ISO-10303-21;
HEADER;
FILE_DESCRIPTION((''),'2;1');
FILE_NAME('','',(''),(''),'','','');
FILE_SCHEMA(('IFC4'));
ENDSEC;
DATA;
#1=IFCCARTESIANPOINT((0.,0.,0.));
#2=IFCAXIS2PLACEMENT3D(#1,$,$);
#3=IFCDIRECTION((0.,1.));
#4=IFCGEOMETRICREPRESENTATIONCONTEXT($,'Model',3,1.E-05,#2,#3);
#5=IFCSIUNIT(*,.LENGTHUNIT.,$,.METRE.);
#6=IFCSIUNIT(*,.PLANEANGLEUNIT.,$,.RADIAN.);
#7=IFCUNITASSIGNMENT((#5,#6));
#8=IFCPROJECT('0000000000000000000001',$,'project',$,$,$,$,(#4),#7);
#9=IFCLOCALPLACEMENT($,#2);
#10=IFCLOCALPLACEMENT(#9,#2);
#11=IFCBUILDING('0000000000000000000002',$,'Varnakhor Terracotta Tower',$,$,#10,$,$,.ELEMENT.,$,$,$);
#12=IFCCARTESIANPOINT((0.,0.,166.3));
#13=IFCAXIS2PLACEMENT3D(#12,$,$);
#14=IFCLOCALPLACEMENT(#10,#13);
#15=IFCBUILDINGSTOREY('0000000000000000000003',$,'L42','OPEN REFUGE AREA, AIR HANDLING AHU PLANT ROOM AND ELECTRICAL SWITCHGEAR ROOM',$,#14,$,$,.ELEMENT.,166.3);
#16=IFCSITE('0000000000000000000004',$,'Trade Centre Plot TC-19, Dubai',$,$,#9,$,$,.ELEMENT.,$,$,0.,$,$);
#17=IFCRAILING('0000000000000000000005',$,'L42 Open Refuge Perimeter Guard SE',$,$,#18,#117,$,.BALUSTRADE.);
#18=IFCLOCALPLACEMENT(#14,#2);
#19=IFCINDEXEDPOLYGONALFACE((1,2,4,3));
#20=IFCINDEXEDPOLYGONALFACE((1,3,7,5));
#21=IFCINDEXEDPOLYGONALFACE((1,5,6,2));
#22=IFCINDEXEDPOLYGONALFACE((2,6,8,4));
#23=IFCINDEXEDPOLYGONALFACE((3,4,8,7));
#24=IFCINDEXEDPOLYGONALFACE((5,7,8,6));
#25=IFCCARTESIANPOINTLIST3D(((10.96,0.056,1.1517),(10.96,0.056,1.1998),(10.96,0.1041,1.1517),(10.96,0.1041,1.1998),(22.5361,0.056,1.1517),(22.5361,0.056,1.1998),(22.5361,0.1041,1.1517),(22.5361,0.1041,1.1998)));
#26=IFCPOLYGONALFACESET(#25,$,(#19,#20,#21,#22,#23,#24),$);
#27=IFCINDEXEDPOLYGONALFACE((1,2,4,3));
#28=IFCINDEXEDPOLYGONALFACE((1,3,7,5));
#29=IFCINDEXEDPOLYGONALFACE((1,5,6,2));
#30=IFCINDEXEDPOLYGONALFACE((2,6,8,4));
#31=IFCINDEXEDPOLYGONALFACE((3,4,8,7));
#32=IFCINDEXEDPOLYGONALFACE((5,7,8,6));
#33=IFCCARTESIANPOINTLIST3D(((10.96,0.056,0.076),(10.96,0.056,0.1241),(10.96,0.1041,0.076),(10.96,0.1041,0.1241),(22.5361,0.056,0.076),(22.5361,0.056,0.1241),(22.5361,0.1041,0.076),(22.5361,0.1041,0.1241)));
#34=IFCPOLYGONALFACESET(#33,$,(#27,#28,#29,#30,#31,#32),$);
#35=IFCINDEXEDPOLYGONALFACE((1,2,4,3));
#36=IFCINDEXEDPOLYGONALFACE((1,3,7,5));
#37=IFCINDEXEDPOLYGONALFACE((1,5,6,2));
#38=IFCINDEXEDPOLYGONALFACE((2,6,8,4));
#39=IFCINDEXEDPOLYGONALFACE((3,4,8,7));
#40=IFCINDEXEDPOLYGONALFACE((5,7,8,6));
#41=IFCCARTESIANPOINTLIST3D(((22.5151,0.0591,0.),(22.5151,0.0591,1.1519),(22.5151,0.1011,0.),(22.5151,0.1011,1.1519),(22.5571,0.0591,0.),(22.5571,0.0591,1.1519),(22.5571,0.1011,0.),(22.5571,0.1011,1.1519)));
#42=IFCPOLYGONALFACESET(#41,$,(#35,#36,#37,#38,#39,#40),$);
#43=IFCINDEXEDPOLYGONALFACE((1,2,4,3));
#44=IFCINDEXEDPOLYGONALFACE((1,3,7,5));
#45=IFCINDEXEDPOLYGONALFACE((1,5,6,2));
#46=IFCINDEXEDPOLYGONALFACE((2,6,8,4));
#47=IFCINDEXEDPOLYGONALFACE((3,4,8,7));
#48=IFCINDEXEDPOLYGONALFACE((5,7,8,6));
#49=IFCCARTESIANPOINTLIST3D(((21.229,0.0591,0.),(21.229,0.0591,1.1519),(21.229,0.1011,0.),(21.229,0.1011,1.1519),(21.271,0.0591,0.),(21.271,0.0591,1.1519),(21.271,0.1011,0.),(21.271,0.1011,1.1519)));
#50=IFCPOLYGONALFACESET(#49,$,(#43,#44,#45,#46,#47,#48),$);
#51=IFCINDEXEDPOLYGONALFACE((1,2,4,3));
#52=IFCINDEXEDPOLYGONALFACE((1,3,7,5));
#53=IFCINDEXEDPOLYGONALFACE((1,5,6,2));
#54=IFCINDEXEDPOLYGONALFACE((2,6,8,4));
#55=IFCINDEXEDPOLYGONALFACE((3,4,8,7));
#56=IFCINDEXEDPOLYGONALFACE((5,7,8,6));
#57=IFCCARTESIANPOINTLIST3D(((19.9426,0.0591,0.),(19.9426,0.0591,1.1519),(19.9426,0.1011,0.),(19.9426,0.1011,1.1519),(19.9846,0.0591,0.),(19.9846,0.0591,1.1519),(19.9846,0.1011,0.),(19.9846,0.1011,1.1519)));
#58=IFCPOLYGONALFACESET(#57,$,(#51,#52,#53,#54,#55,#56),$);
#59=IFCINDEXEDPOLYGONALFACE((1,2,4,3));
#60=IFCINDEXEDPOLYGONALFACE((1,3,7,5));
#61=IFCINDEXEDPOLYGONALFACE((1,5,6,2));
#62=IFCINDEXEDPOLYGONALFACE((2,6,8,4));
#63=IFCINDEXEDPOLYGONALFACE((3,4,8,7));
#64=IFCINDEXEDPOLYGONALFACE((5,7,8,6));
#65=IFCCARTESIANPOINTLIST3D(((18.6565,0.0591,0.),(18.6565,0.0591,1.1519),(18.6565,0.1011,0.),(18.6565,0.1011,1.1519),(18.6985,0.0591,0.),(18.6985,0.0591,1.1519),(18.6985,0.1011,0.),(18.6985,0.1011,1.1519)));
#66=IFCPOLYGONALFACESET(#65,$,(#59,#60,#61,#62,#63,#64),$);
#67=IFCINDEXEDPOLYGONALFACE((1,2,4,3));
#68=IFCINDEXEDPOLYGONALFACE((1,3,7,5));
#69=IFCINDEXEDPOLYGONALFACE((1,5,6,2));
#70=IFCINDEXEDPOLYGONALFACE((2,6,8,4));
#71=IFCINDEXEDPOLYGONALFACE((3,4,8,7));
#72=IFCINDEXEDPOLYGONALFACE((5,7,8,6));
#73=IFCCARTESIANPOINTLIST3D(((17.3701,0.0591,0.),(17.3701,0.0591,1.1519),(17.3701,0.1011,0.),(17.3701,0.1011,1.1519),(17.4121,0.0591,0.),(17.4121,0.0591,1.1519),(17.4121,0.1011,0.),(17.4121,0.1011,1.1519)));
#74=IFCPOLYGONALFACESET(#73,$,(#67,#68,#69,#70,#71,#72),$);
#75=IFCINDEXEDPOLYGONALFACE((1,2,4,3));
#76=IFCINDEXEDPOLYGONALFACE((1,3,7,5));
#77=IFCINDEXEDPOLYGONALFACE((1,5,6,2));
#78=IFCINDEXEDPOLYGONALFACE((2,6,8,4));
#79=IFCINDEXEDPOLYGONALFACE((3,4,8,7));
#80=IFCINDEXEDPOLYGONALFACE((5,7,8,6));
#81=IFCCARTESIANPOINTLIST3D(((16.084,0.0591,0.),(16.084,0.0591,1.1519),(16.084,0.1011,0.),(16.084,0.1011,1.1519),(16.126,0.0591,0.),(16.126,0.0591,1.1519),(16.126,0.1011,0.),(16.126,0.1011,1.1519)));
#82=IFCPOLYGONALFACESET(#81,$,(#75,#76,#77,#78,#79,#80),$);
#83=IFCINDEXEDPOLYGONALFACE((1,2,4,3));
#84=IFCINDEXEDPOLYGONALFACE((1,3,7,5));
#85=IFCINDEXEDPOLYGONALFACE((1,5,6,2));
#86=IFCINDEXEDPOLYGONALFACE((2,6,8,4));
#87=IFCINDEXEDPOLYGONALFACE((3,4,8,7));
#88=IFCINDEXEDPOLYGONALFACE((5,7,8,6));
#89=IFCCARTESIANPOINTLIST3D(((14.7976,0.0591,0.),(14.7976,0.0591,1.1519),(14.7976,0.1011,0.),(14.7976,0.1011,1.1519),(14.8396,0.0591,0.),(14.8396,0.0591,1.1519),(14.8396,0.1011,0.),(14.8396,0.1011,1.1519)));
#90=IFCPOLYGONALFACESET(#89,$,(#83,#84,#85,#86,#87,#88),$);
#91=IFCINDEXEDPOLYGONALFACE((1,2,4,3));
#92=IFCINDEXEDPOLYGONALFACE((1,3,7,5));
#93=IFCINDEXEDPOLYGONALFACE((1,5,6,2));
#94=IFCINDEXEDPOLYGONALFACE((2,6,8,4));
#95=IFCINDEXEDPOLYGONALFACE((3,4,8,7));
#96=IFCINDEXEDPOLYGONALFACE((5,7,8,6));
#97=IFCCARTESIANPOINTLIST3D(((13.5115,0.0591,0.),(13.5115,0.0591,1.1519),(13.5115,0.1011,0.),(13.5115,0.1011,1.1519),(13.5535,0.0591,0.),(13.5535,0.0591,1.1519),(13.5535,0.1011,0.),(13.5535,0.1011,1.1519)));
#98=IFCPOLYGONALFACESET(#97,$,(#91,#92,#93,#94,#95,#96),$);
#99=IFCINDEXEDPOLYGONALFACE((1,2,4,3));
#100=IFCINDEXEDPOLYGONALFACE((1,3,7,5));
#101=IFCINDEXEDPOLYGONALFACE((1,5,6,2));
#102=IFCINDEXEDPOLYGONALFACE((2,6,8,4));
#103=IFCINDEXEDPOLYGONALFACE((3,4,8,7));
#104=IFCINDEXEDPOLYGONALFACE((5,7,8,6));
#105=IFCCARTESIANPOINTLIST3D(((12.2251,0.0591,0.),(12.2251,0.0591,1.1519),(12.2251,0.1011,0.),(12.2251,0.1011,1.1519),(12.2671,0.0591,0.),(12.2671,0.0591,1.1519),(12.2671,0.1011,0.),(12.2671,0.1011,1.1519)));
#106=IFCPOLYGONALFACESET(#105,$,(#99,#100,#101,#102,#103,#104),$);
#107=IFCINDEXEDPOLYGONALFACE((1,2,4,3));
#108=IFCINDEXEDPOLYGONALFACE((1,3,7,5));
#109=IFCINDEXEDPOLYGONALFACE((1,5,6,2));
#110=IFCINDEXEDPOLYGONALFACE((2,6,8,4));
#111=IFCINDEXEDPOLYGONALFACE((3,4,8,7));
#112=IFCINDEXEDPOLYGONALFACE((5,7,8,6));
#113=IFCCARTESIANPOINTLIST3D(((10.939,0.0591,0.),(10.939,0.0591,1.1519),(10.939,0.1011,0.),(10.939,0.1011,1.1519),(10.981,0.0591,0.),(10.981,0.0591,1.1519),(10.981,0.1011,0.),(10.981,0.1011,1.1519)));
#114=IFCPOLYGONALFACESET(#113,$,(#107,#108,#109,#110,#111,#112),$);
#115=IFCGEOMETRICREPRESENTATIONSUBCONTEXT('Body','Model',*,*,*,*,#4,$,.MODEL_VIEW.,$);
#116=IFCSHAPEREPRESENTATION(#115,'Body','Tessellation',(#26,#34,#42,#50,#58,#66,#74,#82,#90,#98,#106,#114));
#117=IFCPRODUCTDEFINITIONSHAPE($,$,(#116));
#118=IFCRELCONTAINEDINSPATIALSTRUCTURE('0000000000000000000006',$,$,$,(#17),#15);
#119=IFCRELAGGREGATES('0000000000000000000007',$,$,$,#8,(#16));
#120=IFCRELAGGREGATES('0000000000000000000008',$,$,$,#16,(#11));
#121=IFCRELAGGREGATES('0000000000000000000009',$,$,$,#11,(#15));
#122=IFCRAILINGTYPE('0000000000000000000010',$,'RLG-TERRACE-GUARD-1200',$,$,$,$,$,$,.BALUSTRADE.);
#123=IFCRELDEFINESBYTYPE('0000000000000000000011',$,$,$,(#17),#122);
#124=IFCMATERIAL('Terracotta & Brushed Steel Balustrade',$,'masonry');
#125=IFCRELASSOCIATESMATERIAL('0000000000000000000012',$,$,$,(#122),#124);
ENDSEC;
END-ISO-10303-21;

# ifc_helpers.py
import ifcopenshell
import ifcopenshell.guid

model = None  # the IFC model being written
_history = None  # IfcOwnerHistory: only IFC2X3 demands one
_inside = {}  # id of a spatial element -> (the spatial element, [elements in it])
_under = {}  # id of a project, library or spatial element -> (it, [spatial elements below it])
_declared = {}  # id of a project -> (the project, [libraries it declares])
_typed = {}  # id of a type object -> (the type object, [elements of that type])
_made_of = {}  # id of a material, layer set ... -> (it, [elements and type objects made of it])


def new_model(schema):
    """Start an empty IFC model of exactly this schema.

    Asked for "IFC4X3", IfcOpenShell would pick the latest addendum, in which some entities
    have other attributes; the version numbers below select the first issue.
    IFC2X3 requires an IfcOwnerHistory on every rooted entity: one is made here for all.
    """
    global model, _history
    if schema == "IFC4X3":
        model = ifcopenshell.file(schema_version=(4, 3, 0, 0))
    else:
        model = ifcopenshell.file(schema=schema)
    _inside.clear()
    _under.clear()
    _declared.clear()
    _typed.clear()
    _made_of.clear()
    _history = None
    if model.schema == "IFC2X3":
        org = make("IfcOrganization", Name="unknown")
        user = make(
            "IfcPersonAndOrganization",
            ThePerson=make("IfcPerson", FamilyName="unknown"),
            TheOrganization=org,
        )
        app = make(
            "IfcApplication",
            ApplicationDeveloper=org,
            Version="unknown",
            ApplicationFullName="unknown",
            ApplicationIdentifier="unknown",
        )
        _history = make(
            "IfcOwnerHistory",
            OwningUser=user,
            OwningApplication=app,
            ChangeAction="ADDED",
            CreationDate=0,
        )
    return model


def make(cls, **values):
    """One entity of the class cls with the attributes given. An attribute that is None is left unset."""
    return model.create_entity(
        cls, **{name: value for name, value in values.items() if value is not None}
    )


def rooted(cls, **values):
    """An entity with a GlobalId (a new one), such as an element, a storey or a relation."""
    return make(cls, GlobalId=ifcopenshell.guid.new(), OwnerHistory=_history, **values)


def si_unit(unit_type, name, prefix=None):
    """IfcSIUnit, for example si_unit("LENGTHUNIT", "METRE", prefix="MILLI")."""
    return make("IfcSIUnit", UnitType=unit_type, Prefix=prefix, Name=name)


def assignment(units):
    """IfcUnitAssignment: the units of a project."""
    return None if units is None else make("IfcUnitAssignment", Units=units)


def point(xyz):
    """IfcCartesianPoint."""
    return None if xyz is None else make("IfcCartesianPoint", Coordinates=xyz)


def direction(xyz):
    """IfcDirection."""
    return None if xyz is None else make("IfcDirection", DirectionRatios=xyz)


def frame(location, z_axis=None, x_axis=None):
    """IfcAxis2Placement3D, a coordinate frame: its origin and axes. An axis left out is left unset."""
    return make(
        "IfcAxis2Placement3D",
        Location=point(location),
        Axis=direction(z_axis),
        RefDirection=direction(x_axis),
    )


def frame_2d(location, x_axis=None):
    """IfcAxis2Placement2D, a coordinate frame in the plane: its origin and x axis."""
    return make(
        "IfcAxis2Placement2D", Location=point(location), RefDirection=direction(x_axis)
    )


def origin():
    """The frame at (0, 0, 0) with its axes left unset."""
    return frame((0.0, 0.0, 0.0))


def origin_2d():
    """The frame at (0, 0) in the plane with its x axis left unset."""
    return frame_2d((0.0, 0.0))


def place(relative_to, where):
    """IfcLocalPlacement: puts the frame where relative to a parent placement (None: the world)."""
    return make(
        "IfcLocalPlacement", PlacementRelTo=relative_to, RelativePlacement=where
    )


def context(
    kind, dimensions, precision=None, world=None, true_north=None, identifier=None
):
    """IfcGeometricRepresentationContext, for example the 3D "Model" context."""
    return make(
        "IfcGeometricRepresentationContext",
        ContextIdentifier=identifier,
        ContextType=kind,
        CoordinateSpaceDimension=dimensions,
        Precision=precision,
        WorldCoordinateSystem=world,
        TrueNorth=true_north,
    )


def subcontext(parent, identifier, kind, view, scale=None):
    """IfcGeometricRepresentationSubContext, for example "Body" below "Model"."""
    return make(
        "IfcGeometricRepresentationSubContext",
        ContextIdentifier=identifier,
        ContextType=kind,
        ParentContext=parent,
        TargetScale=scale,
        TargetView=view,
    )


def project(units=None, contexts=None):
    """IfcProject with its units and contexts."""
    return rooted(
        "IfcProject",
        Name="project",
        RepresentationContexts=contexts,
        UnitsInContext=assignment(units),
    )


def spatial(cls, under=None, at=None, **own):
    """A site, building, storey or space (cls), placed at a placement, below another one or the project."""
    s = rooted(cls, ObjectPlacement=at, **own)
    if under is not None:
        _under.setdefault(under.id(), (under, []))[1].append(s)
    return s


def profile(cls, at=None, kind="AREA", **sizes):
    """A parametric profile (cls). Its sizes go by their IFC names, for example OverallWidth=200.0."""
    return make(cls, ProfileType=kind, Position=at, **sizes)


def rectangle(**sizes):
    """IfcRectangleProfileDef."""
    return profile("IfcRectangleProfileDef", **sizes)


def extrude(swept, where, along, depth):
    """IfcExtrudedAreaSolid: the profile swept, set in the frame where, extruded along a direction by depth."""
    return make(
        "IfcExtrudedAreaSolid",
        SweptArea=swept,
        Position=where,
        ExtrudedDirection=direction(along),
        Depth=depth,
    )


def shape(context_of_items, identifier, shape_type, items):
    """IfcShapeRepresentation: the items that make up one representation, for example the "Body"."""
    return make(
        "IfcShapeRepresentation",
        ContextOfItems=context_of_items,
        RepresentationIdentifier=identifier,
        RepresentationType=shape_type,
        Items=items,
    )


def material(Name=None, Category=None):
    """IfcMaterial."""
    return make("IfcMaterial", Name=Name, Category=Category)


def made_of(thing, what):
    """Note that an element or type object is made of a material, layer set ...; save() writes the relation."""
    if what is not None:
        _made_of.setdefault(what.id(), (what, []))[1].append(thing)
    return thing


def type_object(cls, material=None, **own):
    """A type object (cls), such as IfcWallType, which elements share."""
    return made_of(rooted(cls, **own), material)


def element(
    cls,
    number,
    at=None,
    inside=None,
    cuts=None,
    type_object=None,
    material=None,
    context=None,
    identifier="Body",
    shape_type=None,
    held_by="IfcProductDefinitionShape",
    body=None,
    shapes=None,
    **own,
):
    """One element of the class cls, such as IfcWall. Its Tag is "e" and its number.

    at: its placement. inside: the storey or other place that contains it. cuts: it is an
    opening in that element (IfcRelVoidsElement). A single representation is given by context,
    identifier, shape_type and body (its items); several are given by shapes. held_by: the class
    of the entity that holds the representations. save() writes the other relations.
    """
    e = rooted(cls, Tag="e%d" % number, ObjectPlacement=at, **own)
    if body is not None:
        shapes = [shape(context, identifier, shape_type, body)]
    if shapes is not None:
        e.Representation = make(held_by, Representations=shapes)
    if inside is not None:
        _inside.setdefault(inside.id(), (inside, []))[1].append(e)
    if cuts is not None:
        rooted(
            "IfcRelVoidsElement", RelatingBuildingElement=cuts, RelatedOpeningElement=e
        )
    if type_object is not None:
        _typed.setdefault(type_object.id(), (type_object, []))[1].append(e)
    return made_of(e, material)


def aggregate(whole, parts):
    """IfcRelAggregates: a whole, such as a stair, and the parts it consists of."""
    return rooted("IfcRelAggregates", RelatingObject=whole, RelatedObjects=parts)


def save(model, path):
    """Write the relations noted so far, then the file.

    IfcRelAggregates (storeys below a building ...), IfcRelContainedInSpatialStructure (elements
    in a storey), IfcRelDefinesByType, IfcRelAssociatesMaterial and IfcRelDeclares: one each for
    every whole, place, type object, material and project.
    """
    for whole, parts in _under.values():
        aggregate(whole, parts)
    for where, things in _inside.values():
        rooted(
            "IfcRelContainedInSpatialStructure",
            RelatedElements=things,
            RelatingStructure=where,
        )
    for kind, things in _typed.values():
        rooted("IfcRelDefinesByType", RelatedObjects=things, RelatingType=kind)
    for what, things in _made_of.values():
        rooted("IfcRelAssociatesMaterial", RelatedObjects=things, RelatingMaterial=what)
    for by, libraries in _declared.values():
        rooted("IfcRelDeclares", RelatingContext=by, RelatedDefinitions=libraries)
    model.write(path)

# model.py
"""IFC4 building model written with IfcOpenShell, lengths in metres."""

from ifc_helpers import new_model, si_unit, direction, frame, origin, origin_2d, place, context, subcontext, project, spatial, rectangle, extrude, material, type_object, element, save


model = new_model("IFC4")

# Units and contexts
model_context = context("Model", 3, precision=1e-05, world=origin(), true_north=direction((0.0, 1.0)))
body_context = subcontext(model_context, "Body", "Model", "MODEL_VIEW")
ifc_project = project(units=[si_unit("LENGTHUNIT", "METRE"), si_unit("PLANEANGLEUNIT", "RADIAN")], contexts=[model_context])

# Site, building, storey
site_placement = place(None, origin())
site = spatial("IfcSite", under=ifc_project, at=site_placement, Name="Trade Centre Plot TC-19, Dubai", CompositionType="ELEMENT", RefElevation=0.0)
building_placement = place(site_placement, origin())
building = spatial("IfcBuilding", under=site, at=building_placement, Name="Varnakhor Terracotta Tower", CompositionType="ELEMENT")
storey_placement = place(building_placement, frame((0.0, 0.0, 166.3)))
storey = spatial("IfcBuildingStorey", under=building, at=storey_placement, Name="L42", Description="OPEN REFUGE AREA, AIR HANDLING AHU PLANT ROOM AND ELECTRICAL SWITCHGEAR ROOM", CompositionType="ELEMENT", Elevation=166.3)

# Railing
ifc_material_1 = material(Name="Terracotta & Brushed Steel Balustrade", Category="masonry")
railing_type = type_object("IfcRailingType", Name="RLG-TERRACE-GUARD-1200", PredefinedType="BALUSTRADE", material=ifc_material_1)
railing_1_placement = place(storey_placement, frame((22.5361, 0.0801, 0.0)))
element("IfcRailing", 1, at=railing_1_placement, inside=storey, type_object=railing_type, Name="L42 Open Refuge Perimeter Guard SE", PredefinedType="BALUSTRADE", context=body_context, shape_type="SweptSolid", body=[
    extrude(rectangle(XDim=0.0481, YDim=0.0481, at=origin_2d()), frame((0.0, 0.0, 1.1758), z_axis=(-1.0, 0.0, 0.0), x_axis=(0.0, -1.0, 0.0)), (0.0, 0.0, 1.0), 11.5762),
    extrude(rectangle(XDim=0.0481, YDim=0.0481, at=origin_2d()), frame((0.0, 0.0, 0.1001), z_axis=(-1.0, 0.0, 0.0), x_axis=(0.0, -1.0, 0.0)), (0.0, 0.0, 1.0), 11.5762),
    extrude(rectangle(XDim=0.042, YDim=0.042, at=origin_2d()), origin(), (0.0, 0.0, 1.0), 1.1519),
    extrude(rectangle(XDim=0.042, YDim=0.042, at=origin_2d()), frame((-1.2861, 0.0, 0.0)), (0.0, 0.0, 1.0), 1.1519),
    extrude(rectangle(XDim=0.042, YDim=0.042, at=origin_2d()), frame((-2.5725, 0.0, 0.0)), (0.0, 0.0, 1.0), 1.1519),
    extrude(rectangle(XDim=0.042, YDim=0.042, at=origin_2d()), frame((-3.8586, 0.0, 0.0)), (0.0, 0.0, 1.0), 1.1519),
    extrude(rectangle(XDim=0.042, YDim=0.042, at=origin_2d()), frame((-5.145, 0.0, 0.0)), (0.0, 0.0, 1.0), 1.1519),
    extrude(rectangle(XDim=0.042, YDim=0.042, at=origin_2d()), frame((-6.4312, 0.0, 0.0)), (0.0, 0.0, 1.0), 1.1519),
    extrude(rectangle(XDim=0.042, YDim=0.042, at=origin_2d()), frame((-7.7175, 0.0, 0.0)), (0.0, 0.0, 1.0), 1.1519),
    extrude(rectangle(XDim=0.042, YDim=0.042, at=origin_2d()), frame((-9.0037, 0.0, 0.0)), (0.0, 0.0, 1.0), 1.1519),
    extrude(rectangle(XDim=0.042, YDim=0.042, at=origin_2d()), frame((-10.29, 0.0, 0.0)), (0.0, 0.0, 1.0), 1.1519),
    extrude(rectangle(XDim=0.042, YDim=0.042, at=origin_2d()), frame((-11.5762, 0.0, 0.0)), (0.0, 0.0, 1.0), 1.1519),
])

save(model, "model.ifc")
